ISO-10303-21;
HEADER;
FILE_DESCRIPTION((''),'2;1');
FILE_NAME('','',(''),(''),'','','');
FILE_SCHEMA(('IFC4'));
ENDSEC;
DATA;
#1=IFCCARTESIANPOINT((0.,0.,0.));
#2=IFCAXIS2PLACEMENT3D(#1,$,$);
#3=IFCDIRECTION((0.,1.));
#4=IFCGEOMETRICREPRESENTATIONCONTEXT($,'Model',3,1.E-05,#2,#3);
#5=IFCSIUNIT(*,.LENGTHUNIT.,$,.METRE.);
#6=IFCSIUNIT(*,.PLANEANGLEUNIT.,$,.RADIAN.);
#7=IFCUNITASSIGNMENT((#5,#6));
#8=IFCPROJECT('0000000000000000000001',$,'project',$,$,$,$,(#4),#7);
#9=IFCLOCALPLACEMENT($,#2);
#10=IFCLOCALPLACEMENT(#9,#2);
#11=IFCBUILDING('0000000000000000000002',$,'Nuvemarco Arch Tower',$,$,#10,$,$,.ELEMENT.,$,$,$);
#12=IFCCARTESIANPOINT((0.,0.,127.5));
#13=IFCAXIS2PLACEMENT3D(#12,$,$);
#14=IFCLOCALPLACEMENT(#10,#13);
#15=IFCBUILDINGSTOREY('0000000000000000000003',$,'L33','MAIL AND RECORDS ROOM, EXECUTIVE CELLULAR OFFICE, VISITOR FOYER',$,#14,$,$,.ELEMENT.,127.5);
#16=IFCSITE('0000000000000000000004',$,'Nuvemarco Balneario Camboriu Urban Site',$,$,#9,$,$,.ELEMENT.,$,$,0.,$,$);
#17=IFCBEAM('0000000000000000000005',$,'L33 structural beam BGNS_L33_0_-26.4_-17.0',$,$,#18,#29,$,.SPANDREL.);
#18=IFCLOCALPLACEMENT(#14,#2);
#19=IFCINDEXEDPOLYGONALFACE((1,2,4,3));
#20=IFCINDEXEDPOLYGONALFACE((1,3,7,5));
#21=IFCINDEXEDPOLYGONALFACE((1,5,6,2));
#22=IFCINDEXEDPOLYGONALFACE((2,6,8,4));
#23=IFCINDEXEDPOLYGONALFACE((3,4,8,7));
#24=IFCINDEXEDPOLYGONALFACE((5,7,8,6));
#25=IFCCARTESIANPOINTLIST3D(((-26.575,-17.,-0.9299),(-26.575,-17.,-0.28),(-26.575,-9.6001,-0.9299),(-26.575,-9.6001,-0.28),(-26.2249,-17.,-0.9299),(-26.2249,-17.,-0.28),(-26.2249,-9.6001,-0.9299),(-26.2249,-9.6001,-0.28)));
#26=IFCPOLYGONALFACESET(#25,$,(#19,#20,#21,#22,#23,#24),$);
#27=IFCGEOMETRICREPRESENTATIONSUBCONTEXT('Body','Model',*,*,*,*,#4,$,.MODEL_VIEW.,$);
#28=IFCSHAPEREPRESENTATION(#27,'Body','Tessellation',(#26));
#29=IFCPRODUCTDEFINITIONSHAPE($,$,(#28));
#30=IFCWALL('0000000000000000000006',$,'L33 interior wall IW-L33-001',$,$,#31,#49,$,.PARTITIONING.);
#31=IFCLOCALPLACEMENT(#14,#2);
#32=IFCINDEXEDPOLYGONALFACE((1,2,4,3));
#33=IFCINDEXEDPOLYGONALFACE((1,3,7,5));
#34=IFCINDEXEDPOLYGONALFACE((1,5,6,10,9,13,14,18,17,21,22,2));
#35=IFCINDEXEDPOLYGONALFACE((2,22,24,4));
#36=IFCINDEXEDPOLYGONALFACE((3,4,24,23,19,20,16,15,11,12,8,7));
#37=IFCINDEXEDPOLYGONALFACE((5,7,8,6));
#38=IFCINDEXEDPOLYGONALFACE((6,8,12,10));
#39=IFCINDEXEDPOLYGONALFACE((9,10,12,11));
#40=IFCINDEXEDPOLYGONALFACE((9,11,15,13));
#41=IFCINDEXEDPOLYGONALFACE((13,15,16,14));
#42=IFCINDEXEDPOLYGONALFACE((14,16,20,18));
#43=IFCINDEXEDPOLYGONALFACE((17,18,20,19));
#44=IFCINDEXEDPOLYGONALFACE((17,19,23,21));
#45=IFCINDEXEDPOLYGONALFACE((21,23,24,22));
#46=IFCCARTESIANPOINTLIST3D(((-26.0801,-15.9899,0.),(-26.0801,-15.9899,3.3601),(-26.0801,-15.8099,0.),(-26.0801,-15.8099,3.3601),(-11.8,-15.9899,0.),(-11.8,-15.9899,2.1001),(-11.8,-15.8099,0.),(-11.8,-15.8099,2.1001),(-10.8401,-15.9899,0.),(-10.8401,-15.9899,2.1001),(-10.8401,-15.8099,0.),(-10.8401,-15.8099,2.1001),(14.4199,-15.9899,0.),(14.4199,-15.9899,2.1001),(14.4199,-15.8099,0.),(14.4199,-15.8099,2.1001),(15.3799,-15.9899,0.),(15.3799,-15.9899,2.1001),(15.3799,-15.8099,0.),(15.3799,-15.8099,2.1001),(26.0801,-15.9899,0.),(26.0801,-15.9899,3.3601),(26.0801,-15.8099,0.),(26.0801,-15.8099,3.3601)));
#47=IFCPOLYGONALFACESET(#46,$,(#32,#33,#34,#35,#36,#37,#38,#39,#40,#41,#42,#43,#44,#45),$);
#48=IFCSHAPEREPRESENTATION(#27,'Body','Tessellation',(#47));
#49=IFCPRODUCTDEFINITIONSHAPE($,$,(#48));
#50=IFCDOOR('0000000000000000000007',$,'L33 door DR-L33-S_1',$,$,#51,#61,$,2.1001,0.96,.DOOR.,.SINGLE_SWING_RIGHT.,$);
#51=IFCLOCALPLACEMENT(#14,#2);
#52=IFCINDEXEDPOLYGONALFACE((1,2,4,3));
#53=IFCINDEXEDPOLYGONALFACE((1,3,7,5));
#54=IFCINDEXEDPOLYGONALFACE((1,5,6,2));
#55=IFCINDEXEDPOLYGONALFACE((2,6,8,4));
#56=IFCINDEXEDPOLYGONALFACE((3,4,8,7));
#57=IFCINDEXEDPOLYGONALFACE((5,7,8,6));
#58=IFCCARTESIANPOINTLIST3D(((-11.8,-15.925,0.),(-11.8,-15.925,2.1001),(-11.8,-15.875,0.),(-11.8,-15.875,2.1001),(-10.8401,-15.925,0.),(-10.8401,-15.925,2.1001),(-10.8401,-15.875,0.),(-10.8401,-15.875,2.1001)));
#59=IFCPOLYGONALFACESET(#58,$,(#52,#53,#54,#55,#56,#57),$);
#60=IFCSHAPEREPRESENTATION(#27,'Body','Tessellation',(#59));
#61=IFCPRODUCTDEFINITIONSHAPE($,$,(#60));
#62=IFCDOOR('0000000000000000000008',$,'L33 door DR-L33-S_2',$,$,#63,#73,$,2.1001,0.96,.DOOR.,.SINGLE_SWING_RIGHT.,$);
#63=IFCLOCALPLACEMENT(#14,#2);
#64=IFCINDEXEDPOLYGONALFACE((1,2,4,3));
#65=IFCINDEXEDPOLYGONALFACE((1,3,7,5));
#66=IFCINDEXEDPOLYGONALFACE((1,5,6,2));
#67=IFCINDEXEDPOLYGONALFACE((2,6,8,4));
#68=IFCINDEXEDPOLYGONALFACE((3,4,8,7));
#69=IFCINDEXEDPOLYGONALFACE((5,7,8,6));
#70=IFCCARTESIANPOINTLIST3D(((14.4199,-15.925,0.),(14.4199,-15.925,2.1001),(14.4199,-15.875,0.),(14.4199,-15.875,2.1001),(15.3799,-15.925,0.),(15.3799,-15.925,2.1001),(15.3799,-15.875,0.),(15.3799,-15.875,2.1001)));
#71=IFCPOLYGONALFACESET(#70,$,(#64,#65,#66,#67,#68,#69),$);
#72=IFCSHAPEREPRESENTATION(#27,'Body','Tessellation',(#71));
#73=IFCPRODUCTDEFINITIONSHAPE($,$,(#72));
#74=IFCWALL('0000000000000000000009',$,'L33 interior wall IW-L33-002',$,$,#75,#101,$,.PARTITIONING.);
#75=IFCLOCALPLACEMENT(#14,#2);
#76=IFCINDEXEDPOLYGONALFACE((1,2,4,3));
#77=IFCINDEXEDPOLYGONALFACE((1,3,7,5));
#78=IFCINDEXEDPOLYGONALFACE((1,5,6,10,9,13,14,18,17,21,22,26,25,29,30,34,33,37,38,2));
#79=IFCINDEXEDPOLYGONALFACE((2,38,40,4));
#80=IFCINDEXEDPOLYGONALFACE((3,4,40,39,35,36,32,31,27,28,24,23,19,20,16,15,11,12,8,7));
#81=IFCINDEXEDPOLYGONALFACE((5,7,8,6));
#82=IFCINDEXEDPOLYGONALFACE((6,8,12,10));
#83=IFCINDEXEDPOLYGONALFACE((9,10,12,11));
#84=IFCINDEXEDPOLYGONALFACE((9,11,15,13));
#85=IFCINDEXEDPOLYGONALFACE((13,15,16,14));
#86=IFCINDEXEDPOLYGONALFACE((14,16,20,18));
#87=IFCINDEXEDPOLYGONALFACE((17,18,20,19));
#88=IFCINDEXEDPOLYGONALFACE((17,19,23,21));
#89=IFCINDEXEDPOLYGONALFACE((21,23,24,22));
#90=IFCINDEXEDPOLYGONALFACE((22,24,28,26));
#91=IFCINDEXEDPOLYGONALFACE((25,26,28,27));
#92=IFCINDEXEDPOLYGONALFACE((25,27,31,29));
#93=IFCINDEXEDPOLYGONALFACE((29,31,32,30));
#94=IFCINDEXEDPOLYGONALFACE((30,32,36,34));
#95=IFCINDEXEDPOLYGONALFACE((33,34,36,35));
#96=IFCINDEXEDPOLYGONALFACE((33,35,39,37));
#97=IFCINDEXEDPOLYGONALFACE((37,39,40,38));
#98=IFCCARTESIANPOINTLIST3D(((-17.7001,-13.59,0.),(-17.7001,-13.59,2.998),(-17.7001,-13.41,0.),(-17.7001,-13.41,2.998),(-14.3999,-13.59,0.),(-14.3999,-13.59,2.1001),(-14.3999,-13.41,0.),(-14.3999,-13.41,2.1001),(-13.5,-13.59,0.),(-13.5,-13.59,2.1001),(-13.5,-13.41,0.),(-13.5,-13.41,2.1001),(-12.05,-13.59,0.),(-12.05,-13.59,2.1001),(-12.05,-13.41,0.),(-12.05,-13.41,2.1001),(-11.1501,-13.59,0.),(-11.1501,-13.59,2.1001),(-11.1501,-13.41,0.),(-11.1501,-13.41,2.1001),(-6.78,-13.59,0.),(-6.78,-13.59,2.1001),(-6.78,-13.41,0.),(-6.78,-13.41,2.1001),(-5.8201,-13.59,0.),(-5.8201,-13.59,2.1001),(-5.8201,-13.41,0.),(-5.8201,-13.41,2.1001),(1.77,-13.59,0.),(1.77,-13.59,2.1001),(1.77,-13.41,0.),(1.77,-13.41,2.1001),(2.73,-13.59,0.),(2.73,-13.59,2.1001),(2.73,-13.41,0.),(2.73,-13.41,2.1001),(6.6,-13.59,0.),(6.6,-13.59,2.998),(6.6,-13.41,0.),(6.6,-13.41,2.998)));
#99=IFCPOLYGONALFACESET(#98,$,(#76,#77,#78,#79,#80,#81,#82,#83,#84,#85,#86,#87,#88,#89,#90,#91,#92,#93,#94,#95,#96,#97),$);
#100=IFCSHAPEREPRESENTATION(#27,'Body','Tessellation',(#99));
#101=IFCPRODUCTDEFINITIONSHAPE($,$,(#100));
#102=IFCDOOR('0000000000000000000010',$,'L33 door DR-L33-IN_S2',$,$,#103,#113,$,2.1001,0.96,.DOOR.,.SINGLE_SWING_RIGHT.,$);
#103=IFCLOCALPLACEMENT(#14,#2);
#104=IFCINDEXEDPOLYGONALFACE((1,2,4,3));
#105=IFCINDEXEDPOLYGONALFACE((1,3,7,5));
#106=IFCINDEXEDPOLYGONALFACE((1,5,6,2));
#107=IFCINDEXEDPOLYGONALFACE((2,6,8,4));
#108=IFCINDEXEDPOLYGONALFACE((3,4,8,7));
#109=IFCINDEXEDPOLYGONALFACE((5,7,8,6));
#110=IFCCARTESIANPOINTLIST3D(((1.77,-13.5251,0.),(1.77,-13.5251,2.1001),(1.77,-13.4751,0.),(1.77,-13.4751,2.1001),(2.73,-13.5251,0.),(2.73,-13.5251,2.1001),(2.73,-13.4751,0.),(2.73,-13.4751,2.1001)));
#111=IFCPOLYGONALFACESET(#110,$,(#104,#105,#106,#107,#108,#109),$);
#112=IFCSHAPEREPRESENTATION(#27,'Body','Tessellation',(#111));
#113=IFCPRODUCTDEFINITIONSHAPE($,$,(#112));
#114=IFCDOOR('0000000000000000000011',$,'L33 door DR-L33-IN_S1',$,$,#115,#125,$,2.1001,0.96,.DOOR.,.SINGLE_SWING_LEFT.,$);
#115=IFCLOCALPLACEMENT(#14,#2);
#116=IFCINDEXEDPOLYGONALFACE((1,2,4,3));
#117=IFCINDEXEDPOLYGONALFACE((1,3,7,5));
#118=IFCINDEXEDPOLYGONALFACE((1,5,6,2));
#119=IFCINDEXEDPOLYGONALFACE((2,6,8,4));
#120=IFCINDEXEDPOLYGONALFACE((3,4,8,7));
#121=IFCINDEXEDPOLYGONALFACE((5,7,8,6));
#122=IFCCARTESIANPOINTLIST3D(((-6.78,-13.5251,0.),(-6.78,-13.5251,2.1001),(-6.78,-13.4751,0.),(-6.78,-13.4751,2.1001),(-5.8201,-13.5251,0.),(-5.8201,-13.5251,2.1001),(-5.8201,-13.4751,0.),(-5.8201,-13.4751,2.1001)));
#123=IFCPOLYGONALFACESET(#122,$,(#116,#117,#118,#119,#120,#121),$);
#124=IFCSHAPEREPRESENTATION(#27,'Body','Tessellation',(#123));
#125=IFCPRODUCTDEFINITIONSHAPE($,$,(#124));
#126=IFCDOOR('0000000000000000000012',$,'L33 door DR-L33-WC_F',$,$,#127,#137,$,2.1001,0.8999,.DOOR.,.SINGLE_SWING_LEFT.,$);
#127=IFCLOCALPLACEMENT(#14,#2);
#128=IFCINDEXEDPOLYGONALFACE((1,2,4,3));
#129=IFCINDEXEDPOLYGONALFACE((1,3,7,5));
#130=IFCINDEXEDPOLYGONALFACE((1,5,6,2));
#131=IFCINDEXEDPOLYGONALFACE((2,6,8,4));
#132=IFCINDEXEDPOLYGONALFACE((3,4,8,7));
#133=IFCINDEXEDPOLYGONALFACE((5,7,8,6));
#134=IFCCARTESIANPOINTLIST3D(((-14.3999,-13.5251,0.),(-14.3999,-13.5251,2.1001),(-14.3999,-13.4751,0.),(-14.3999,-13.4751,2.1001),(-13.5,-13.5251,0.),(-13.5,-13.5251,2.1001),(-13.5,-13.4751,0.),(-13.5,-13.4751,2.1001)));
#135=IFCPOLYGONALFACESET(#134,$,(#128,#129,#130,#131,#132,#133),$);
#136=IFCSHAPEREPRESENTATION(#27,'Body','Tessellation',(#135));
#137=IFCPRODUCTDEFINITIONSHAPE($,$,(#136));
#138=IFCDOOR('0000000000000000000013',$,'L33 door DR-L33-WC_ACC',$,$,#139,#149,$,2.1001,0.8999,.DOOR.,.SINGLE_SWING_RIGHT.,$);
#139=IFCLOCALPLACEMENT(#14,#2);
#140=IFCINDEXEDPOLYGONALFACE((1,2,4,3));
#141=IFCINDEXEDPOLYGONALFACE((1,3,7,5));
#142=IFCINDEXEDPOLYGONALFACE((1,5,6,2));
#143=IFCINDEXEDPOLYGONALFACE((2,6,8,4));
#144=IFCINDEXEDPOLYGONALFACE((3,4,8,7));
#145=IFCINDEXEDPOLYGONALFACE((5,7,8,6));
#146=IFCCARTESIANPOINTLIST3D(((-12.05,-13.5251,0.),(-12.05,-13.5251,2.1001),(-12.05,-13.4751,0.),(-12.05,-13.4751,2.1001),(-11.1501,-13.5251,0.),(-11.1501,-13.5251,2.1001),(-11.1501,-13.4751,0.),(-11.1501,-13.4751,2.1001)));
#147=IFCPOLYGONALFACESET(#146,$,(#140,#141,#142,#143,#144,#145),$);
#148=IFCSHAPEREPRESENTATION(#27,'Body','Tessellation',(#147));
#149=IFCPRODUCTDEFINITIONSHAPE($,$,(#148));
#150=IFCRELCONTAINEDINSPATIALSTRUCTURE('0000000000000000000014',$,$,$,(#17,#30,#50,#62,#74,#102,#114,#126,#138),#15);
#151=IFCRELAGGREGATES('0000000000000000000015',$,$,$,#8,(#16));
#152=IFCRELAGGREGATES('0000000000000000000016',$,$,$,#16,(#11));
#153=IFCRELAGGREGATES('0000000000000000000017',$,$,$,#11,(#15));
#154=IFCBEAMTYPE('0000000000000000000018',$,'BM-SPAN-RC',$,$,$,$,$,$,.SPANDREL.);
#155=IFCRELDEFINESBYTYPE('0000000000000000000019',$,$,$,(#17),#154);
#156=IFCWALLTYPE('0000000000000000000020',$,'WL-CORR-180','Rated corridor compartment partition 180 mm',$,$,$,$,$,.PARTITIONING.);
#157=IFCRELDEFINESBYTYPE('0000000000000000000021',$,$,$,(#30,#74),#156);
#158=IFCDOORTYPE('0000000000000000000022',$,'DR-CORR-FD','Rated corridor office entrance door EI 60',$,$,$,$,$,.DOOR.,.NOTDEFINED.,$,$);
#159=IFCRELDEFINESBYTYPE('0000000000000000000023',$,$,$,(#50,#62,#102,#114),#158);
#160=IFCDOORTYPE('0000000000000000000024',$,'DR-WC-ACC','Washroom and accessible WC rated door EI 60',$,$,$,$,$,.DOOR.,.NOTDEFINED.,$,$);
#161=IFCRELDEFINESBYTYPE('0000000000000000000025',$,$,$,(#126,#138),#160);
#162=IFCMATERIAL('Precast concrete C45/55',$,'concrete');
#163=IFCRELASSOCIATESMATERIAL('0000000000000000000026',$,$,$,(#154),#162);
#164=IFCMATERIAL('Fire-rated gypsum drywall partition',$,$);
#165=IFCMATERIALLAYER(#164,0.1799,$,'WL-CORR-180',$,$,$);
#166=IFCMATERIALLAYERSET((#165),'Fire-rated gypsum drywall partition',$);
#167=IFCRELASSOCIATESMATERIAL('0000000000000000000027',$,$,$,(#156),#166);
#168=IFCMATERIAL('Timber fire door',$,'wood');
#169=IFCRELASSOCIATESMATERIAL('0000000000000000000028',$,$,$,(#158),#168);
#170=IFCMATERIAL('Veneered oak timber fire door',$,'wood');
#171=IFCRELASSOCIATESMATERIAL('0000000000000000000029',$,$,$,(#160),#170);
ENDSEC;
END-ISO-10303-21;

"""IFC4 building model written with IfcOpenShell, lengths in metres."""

from ifc_helpers import new_model, si_unit, direction, frame, frame_2d, origin, origin_2d, place, context, subcontext, project, spatial, rectangle, extrude, source, transform, mapped, material, layer, layer_set, material_profile, profile_set, type_object, type_shapes, element, fill, save


model = new_model("IFC4")

# Units and contexts
model_context = context("Model", 3, precision=1e-05, world=origin(), true_north=direction((0.0, 1.0)))
body_context = subcontext(model_context, "Body", "Model", "MODEL_VIEW")
ifc_project = project(units=[si_unit("LENGTHUNIT", "METRE"), si_unit("PLANEANGLEUNIT", "RADIAN")], contexts=[model_context])

# Site, building, storey
site_placement = place(None, origin())
site = spatial("IfcSite", under=ifc_project, at=site_placement, Name="Nuvemarco Balneario Camboriu Urban Site", CompositionType="ELEMENT", RefElevation=0.0)
building_placement = place(site_placement, origin())
building = spatial("IfcBuilding", under=site, at=building_placement, Name="Nuvemarco Arch Tower", CompositionType="ELEMENT")
storey_placement = place(building_placement, frame((0.0, 0.0, 127.5)))
storey = spatial("IfcBuildingStorey", under=building, at=storey_placement, Name="L33", Description="MAIL AND RECORDS ROOM, EXECUTIVE CELLULAR OFFICE, VISITOR FOYER", CompositionType="ELEMENT", Elevation=127.5)

# Beam
ifc_material_1 = material(Name="Precast concrete C45/55", Category="concrete")
ifc_material_profile_1 = material_profile(ifc_material_1, rectangle(XDim=0.3501, YDim=0.6499, at=origin_2d()), Name="PC-SP-350x650")
ifc_profile_set_1 = profile_set([ifc_material_profile_1], Name="Precast concrete C45/55")
beam_type_1 = type_object("IfcBeamType", Name="BM-SPAN-RC", PredefinedType="SPANDREL", material=ifc_profile_set_1)
beam_1_placement = place(storey_placement, frame((-26.3999, -17.0, -0.605), z_axis=(0.0, 1.0, 0.0), x_axis=(-1.0, 0.0, 0.0)))
element("IfcBeam", 1, at=beam_1_placement, inside=storey, type_object=beam_type_1, Name="L33 structural beam BGNS_L33_0_-26.4_-17.0", PredefinedType="SPANDREL", context=body_context, shape_type="SweptSolid", body=[
    extrude(rectangle(XDim=0.3501, YDim=0.6499, at=origin_2d()), origin(), (0.0, 0.0, 1.0), 7.3999),
])

# Walls, openings, doors
ifc_material_2 = material(Name="Fire-rated gypsum drywall partition")
ifc_layer = layer(ifc_material_2, 0.1799, Name="WL-CORR-180")
ifc_layer_set = layer_set([ifc_layer], Name="Fire-rated gypsum drywall partition")
wall_type = type_object("IfcWallType", Name="WL-CORR-180", Description="Rated corridor compartment partition 180 mm", PredefinedType="PARTITIONING", material=ifc_layer_set)
wall_1_placement = place(storey_placement, frame((-26.0801, -15.8999, 0.0), z_axis=(0.0, 0.0, 1.0), x_axis=(1.0, 0.0, 0.0)))
wall_1 = element("IfcWall", 2, at=wall_1_placement, inside=storey, type_object=wall_type, Name="L33 interior wall IW-L33-001", PredefinedType="PARTITIONING", context=body_context, shape_type="SweptSolid", body=[
    extrude(rectangle(XDim=52.1602, YDim=0.1799, at=frame_2d((26.0801, 0.0))), origin(), (0.0, 0.0, 1.0), 3.3601),
])
opening_1_placement = place(wall_1_placement, frame((14.28, 0.0, 0.0)))
opening_1 = element("IfcOpeningElement", 3, at=opening_1_placement, cuts=wall_1, PredefinedType="OPENING", context=body_context, shape_type="SweptSolid", body=[
    extrude(rectangle(XDim=0.96, YDim=2.1001, at=frame_2d((0.48, 1.05))), frame((0.0, 0.0999, 0.0), z_axis=(0.0, -1.0, 0.0), x_axis=(1.0, 0.0, 0.0)), (0.0, 0.0, 1.0), 0.2),
])
opening_2_placement = place(wall_1_placement, frame((40.5, 0.0, 0.0)))
opening_2 = element("IfcOpeningElement", 4, at=opening_2_placement, cuts=wall_1, PredefinedType="OPENING", context=body_context, shape_type="SweptSolid", body=[
    extrude(rectangle(XDim=0.96, YDim=2.1001, at=frame_2d((0.48, 1.05))), frame((0.0, 0.0999, 0.0), z_axis=(0.0, -1.0, 0.0), x_axis=(1.0, 0.0, 0.0)), (0.0, 0.0, 1.0), 0.2),
])
ifc_material_3 = material(Name="Timber fire door", Category="wood")
door_type_1 = type_object("IfcDoorType", Name="DR-CORR-FD", Description="Rated corridor office entrance door EI 60", OperationType="NOTDEFINED", PredefinedType="DOOR", material=ifc_material_3)
shared_shape_1 = source(origin(), body_context, "Body", "SweptSolid", [
    extrude(rectangle(XDim=0.96, YDim=2.1001, at=frame_2d((0.48, 1.05))), frame((0.0, 0.0249, 0.0), z_axis=(0.0, -1.0, 0.0), x_axis=(1.0, 0.0, 0.0)), (0.0, 0.0, 1.0), 0.05),
])
type_shapes(door_type_1, [shared_shape_1])
door_1_placement = place(opening_1_placement, origin())
door_1 = element("IfcDoor", 5, at=door_1_placement, inside=storey, type_object=door_type_1, Name="L33 door DR-L33-S_1", OperationType="SINGLE_SWING_RIGHT", OverallHeight=2.1001, OverallWidth=0.96, PredefinedType="DOOR", context=body_context, shape_type="MappedRepresentation", body=[
    mapped(shared_shape_1, transform((0.0, 0.0, 0.0), scale=1.0)),
])
fill(opening_1, door_1)
door_2_placement = place(opening_2_placement, origin())
door_2 = element("IfcDoor", 6, at=door_2_placement, inside=storey, type_object=door_type_1, Name="L33 door DR-L33-S_2", OperationType="SINGLE_SWING_RIGHT", OverallHeight=2.1001, OverallWidth=0.96, PredefinedType="DOOR", context=body_context, shape_type="MappedRepresentation", body=[
    mapped(shared_shape_1, transform((0.0, 0.0, 0.0), scale=1.0)),
])
fill(opening_2, door_2)
wall_2_placement = place(storey_placement, frame((-17.7, -13.5, 0.0), z_axis=(0.0, 0.0, 1.0), x_axis=(1.0, 0.0, 0.0)))
wall_2 = element("IfcWall", 7, at=wall_2_placement, inside=storey, type_object=wall_type, Name="L33 interior wall IW-L33-002", PredefinedType="PARTITIONING", context=body_context, shape_type="SweptSolid", body=[
    extrude(rectangle(XDim=24.3, YDim=0.1799, at=frame_2d((12.1499, 0.0))), origin(), (0.0, 0.0, 1.0), 2.998),
])
opening_3_placement = place(wall_2_placement, frame((19.47, 0.0, 0.0)))
opening_3 = element("IfcOpeningElement", 8, at=opening_3_placement, cuts=wall_2, PredefinedType="OPENING", context=body_context, shape_type="SweptSolid", body=[
    extrude(rectangle(XDim=0.96, YDim=2.1001, at=frame_2d((0.48, 1.05))), frame((0.0, 0.0999, 0.0), z_axis=(0.0, -1.0, 0.0), x_axis=(1.0, 0.0, 0.0)), (0.0, 0.0, 1.0), 0.2),
])
opening_4_placement = place(wall_2_placement, frame((10.9199, 0.0, 0.0)))
opening_4 = element("IfcOpeningElement", 9, at=opening_4_placement, cuts=wall_2, PredefinedType="OPENING", context=body_context, shape_type="SweptSolid", body=[
    extrude(rectangle(XDim=0.96, YDim=2.1001, at=frame_2d((0.48, 1.05))), frame((0.0, 0.0999, 0.0), z_axis=(0.0, -1.0, 0.0), x_axis=(1.0, 0.0, 0.0)), (0.0, 0.0, 1.0), 0.2),
])
opening_5_placement = place(wall_2_placement, frame((3.3, 0.0, 0.0)))
opening_5 = element("IfcOpeningElement", 10, at=opening_5_placement, cuts=wall_2, PredefinedType="OPENING", context=body_context, shape_type="SweptSolid", body=[
    extrude(rectangle(XDim=0.8999, YDim=2.1001, at=frame_2d((0.45, 1.05))), frame((0.0, 0.0999, 0.0), z_axis=(0.0, -1.0, 0.0), x_axis=(1.0, 0.0, 0.0)), (0.0, 0.0, 1.0), 0.2),
])
opening_6_placement = place(wall_2_placement, frame((5.6499, 0.0, 0.0)))
opening_6 = element("IfcOpeningElement", 11, at=opening_6_placement, cuts=wall_2, PredefinedType="OPENING", context=body_context, shape_type="SweptSolid", body=[
    extrude(rectangle(XDim=0.8999, YDim=2.1001, at=frame_2d((0.45, 1.05))), frame((0.0, 0.0999, 0.0), z_axis=(0.0, -1.0, 0.0), x_axis=(1.0, 0.0, 0.0)), (0.0, 0.0, 1.0), 0.2),
])
door_3_placement = place(opening_3_placement, origin())
door_3 = element("IfcDoor", 12, at=door_3_placement, inside=storey, type_object=door_type_1, Name="L33 door DR-L33-IN_S2", OperationType="SINGLE_SWING_RIGHT", OverallHeight=2.1001, OverallWidth=0.96, PredefinedType="DOOR", context=body_context, shape_type="MappedRepresentation", body=[
    mapped(shared_shape_1, transform((0.0, 0.0, 0.0), scale=1.0)),
])
fill(opening_3, door_3)
door_4_placement = place(opening_4_placement, origin())
door_4 = element("IfcDoor", 13, at=door_4_placement, inside=storey, type_object=door_type_1, Name="L33 door DR-L33-IN_S1", OperationType="SINGLE_SWING_LEFT", OverallHeight=2.1001, OverallWidth=0.96, PredefinedType="DOOR", context=body_context, shape_type="MappedRepresentation", body=[
    mapped(shared_shape_1, transform((0.0, 0.0, 0.0), scale=1.0)),
])
fill(opening_4, door_4)
ifc_material_4 = material(Name="Veneered oak timber fire door", Category="wood")
door_type_2 = type_object("IfcDoorType", Name="DR-WC-ACC", Description="Washroom and accessible WC rated door EI 60", OperationType="NOTDEFINED", PredefinedType="DOOR", material=ifc_material_4)
shared_shape_2 = source(origin(), body_context, "Body", "SweptSolid", [
    extrude(rectangle(XDim=0.8999, YDim=2.1001, at=frame_2d((0.45, 1.05))), frame((0.0, 0.0249, 0.0), z_axis=(0.0, -1.0, 0.0), x_axis=(1.0, 0.0, 0.0)), (0.0, 0.0, 1.0), 0.05),
])
type_shapes(door_type_2, [shared_shape_2])
door_5_placement = place(opening_5_placement, origin())
door_5 = element("IfcDoor", 14, at=door_5_placement, inside=storey, type_object=door_type_2, Name="L33 door DR-L33-WC_F", OperationType="SINGLE_SWING_LEFT", OverallHeight=2.1001, OverallWidth=0.8999, PredefinedType="DOOR", context=body_context, shape_type="MappedRepresentation", body=[
    mapped(shared_shape_2, transform((0.0, 0.0, 0.0), scale=1.0)),
])
fill(opening_5, door_5)
door_6_placement = place(opening_6_placement, origin())
door_6 = element("IfcDoor", 15, at=door_6_placement, inside=storey, type_object=door_type_2, Name="L33 door DR-L33-WC_ACC", OperationType="SINGLE_SWING_RIGHT", OverallHeight=2.1001, OverallWidth=0.8999, PredefinedType="DOOR", context=body_context, shape_type="MappedRepresentation", body=[
    mapped(shared_shape_2, transform((0.0, 0.0, 0.0), scale=1.0)),
])
fill(opening_6, door_6)

save(model, "model.ifc")
